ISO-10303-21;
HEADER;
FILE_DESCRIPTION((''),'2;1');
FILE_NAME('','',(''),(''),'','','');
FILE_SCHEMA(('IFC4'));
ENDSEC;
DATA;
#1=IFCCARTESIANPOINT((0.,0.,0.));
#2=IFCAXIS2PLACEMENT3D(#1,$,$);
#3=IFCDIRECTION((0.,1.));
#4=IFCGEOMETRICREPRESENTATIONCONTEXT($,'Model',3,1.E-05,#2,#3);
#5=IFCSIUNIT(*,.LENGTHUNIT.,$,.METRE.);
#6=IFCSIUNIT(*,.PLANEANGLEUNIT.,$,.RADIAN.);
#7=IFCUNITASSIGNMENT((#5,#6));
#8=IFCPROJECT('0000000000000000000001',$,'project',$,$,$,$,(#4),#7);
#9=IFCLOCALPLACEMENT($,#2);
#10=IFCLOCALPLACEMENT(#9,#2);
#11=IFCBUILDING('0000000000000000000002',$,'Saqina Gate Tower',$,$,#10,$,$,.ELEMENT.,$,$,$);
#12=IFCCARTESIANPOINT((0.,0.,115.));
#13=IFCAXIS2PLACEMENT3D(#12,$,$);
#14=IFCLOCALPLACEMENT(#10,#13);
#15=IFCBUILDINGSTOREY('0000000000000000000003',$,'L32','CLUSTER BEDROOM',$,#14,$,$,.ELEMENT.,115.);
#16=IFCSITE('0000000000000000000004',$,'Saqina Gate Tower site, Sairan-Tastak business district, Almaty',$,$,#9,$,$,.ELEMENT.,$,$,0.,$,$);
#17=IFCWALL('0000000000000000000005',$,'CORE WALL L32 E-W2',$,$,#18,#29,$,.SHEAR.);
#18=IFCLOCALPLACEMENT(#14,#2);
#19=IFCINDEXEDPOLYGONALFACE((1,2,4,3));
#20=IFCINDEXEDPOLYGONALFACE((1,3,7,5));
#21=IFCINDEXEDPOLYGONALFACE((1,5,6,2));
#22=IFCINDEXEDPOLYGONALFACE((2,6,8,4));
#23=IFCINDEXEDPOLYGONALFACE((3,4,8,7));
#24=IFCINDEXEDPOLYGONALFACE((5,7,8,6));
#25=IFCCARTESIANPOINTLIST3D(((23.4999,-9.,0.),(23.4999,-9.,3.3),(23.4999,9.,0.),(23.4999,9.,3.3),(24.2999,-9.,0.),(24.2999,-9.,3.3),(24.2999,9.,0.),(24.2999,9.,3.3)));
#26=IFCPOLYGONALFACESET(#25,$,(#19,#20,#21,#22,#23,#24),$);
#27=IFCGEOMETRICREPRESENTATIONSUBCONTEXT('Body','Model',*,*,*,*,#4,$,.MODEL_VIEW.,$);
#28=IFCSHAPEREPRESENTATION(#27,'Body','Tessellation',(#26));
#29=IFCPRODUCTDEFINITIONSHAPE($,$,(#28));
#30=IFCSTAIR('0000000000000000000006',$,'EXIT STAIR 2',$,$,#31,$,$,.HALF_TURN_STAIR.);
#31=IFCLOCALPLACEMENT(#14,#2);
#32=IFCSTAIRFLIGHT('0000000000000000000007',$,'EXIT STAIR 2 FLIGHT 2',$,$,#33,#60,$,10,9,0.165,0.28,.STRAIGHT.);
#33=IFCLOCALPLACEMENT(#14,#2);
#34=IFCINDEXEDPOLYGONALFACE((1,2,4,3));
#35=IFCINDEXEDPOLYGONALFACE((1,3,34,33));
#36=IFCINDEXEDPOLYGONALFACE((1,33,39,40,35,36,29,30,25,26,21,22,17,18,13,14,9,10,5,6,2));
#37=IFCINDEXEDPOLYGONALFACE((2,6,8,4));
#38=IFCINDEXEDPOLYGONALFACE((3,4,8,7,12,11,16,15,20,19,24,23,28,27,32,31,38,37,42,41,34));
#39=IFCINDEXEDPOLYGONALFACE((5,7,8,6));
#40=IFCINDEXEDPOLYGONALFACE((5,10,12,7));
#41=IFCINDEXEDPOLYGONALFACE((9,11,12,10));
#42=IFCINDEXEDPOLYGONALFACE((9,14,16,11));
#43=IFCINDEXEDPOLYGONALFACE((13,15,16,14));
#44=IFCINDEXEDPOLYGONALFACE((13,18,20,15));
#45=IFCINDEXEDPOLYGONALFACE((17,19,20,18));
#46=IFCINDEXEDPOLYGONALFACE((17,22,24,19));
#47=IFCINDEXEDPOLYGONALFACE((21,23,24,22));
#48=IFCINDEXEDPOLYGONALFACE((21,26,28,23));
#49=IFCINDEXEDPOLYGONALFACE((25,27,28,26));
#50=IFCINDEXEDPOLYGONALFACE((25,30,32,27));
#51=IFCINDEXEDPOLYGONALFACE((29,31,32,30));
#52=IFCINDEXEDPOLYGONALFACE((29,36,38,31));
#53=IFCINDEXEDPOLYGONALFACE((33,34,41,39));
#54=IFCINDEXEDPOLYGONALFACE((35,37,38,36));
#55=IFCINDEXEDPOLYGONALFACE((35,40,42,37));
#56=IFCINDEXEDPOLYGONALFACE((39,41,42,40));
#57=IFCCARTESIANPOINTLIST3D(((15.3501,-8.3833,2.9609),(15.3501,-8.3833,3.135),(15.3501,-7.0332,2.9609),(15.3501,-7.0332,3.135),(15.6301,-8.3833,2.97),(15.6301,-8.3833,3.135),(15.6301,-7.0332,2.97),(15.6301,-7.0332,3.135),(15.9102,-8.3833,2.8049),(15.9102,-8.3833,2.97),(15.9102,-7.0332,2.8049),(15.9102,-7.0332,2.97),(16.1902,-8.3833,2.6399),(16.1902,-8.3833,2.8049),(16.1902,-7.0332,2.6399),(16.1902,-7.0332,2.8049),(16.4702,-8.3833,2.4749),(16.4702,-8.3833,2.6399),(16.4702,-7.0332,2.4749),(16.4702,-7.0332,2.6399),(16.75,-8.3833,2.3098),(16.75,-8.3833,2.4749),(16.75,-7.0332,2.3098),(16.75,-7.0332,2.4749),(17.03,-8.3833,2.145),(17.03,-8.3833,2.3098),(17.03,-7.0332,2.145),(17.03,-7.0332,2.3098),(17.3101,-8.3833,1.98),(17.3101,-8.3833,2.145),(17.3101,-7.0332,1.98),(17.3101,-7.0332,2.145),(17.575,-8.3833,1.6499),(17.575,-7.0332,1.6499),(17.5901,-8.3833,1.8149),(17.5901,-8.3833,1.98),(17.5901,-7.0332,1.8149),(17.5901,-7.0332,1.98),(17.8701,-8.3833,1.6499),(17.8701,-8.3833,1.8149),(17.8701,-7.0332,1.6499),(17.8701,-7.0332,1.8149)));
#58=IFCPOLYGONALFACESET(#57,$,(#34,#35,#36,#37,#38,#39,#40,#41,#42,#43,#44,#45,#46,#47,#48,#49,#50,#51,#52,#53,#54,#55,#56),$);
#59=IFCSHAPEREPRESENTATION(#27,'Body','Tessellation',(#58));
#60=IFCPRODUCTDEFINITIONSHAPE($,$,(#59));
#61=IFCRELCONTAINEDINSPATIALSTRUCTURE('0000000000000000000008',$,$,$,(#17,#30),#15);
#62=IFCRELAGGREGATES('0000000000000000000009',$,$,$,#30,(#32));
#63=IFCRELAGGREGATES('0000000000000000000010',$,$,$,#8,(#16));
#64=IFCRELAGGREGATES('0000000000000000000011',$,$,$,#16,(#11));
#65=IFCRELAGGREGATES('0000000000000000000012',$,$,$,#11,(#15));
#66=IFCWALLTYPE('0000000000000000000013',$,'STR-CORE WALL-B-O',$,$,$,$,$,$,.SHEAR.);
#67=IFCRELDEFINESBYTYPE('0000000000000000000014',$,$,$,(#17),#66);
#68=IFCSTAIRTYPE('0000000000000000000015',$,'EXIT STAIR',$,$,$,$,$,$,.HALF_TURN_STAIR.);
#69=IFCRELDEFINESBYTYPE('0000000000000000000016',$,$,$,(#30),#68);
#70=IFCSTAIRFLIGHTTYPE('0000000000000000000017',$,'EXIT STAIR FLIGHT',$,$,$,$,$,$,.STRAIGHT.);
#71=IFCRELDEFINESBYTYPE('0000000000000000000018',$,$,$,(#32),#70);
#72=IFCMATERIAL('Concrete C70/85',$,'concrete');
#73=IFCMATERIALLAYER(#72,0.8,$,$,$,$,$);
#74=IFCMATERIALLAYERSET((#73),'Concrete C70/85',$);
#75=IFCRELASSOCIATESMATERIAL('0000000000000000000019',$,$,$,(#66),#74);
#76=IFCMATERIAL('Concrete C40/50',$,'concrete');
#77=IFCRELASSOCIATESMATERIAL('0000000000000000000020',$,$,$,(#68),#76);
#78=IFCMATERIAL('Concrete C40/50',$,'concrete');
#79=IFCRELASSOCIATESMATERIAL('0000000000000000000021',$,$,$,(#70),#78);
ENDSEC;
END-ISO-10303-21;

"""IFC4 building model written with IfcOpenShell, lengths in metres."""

from ifc_helpers import new_model, si_unit, direction, frame, frame_2d, origin, place, context, subcontext, project, spatial, polyline, rectangle, outline, extrude, material, layer, layer_set, type_object, element, aggregate, save


model = new_model("IFC4")

# Units and contexts
model_context = context("Model", 3, precision=1e-05, world=origin(), true_north=direction((0.0, 1.0)))
body_context = subcontext(model_context, "Body", "Model", "MODEL_VIEW")
ifc_project = project(units=[si_unit("LENGTHUNIT", "METRE"), si_unit("PLANEANGLEUNIT", "RADIAN")], contexts=[model_context])

# Site, building, storey
site_placement = place(None, origin())
site = spatial("IfcSite", under=ifc_project, at=site_placement, Name="Saqina Gate Tower site, Sairan-Tastak business district, Almaty", CompositionType="ELEMENT", RefElevation=0.0)
building_placement = place(site_placement, origin())
building = spatial("IfcBuilding", under=site, at=building_placement, Name="Saqina Gate Tower", CompositionType="ELEMENT")
storey_placement = place(building_placement, frame((0.0, 0.0, 115.0)))
storey = spatial("IfcBuildingStorey", under=building, at=storey_placement, Name="L32", Description="CLUSTER BEDROOM", CompositionType="ELEMENT", Elevation=115.0)

# Wall
ifc_material_1 = material(Name="Concrete C70/85", Category="concrete")
ifc_layer_1 = layer(ifc_material_1, 0.8)
ifc_layer_set_1 = layer_set([ifc_layer_1], Name="Concrete C70/85")
wall_type_1 = type_object("IfcWallType", Name="STR-CORE WALL-B-O", PredefinedType="SHEAR", material=ifc_layer_set_1)
wall_1_placement = place(storey_placement, frame((23.8999, -9.0, 0.0), z_axis=(0.0, 0.0, 1.0), x_axis=(0.0, 1.0, 0.0)))
element("IfcWall", 1, at=wall_1_placement, inside=storey, type_object=wall_type_1, Name="CORE WALL L32 E-W2", PredefinedType="SHEAR", context=body_context, shape_type="SweptSolid", body=[
    extrude(rectangle(XDim=18.0, YDim=0.8, at=frame_2d((9.0, 0.0))), origin(), (0.0, 0.0, 1.0), 3.3),
])

# Stair, stair flight
ifc_material_2 = material(Name="Concrete C40/50", Category="concrete")
stair_type = type_object("IfcStairType", Name="EXIT STAIR", PredefinedType="HALF_TURN_STAIR", material=ifc_material_2)
stair_placement = place(storey_placement, origin())
stair = element("IfcStair", 2, at=stair_placement, inside=storey, type_object=stair_type, Name="EXIT STAIR 2", PredefinedType="HALF_TURN_STAIR")
ifc_material_3 = material(Name="Concrete C40/50", Category="concrete")
stair_flight_type = type_object("IfcStairFlightType", Name="EXIT STAIR FLIGHT", PredefinedType="STRAIGHT", material=ifc_material_3)
stair_flight_placement = place(storey_placement, frame((17.8701, -7.7083, 1.6499), z_axis=(0.0, 0.0, 1.0), x_axis=(-1.0, 0.0, 0.0)))
stair_flight = element("IfcStairFlight", 3, at=stair_flight_placement, type_object=stair_flight_type, Name="EXIT STAIR 2 FLIGHT 2", NumberOfRisers=10, NumberOfTreads=9, PredefinedType="STRAIGHT", RiserHeight=0.165, TreadLength=0.28, context=body_context, shape_type="SweptSolid", body=[
    extrude(outline(polyline([(0.0, 0.0), (0.0, 0.165), (0.28, 0.165), (0.28, 0.3301), (0.5601, 0.3301), (0.5601, 0.4951), (0.8401, 0.4951), (0.8401, 0.6599), (1.1201, 0.6599), (1.1201, 0.825), (1.3999, 0.825), (1.3999, 0.99), (1.6799, 0.99), (1.6799, 1.155), (1.96, 1.155), (1.96, 1.3201), (2.24, 1.3201), (2.24, 1.4851), (2.52, 1.4851), (2.52, 1.6499), (2.52, 1.311), (0.2952, 0.0), (0.0, 0.0)])), frame((0.0, 0.675, 0.0), z_axis=(0.0, -1.0, 0.0), x_axis=(1.0, 0.0, 0.0)), (0.0, 0.0, 1.0), 1.3501),
])
aggregate(stair, [stair_flight])

save(model, "model.ifc")
